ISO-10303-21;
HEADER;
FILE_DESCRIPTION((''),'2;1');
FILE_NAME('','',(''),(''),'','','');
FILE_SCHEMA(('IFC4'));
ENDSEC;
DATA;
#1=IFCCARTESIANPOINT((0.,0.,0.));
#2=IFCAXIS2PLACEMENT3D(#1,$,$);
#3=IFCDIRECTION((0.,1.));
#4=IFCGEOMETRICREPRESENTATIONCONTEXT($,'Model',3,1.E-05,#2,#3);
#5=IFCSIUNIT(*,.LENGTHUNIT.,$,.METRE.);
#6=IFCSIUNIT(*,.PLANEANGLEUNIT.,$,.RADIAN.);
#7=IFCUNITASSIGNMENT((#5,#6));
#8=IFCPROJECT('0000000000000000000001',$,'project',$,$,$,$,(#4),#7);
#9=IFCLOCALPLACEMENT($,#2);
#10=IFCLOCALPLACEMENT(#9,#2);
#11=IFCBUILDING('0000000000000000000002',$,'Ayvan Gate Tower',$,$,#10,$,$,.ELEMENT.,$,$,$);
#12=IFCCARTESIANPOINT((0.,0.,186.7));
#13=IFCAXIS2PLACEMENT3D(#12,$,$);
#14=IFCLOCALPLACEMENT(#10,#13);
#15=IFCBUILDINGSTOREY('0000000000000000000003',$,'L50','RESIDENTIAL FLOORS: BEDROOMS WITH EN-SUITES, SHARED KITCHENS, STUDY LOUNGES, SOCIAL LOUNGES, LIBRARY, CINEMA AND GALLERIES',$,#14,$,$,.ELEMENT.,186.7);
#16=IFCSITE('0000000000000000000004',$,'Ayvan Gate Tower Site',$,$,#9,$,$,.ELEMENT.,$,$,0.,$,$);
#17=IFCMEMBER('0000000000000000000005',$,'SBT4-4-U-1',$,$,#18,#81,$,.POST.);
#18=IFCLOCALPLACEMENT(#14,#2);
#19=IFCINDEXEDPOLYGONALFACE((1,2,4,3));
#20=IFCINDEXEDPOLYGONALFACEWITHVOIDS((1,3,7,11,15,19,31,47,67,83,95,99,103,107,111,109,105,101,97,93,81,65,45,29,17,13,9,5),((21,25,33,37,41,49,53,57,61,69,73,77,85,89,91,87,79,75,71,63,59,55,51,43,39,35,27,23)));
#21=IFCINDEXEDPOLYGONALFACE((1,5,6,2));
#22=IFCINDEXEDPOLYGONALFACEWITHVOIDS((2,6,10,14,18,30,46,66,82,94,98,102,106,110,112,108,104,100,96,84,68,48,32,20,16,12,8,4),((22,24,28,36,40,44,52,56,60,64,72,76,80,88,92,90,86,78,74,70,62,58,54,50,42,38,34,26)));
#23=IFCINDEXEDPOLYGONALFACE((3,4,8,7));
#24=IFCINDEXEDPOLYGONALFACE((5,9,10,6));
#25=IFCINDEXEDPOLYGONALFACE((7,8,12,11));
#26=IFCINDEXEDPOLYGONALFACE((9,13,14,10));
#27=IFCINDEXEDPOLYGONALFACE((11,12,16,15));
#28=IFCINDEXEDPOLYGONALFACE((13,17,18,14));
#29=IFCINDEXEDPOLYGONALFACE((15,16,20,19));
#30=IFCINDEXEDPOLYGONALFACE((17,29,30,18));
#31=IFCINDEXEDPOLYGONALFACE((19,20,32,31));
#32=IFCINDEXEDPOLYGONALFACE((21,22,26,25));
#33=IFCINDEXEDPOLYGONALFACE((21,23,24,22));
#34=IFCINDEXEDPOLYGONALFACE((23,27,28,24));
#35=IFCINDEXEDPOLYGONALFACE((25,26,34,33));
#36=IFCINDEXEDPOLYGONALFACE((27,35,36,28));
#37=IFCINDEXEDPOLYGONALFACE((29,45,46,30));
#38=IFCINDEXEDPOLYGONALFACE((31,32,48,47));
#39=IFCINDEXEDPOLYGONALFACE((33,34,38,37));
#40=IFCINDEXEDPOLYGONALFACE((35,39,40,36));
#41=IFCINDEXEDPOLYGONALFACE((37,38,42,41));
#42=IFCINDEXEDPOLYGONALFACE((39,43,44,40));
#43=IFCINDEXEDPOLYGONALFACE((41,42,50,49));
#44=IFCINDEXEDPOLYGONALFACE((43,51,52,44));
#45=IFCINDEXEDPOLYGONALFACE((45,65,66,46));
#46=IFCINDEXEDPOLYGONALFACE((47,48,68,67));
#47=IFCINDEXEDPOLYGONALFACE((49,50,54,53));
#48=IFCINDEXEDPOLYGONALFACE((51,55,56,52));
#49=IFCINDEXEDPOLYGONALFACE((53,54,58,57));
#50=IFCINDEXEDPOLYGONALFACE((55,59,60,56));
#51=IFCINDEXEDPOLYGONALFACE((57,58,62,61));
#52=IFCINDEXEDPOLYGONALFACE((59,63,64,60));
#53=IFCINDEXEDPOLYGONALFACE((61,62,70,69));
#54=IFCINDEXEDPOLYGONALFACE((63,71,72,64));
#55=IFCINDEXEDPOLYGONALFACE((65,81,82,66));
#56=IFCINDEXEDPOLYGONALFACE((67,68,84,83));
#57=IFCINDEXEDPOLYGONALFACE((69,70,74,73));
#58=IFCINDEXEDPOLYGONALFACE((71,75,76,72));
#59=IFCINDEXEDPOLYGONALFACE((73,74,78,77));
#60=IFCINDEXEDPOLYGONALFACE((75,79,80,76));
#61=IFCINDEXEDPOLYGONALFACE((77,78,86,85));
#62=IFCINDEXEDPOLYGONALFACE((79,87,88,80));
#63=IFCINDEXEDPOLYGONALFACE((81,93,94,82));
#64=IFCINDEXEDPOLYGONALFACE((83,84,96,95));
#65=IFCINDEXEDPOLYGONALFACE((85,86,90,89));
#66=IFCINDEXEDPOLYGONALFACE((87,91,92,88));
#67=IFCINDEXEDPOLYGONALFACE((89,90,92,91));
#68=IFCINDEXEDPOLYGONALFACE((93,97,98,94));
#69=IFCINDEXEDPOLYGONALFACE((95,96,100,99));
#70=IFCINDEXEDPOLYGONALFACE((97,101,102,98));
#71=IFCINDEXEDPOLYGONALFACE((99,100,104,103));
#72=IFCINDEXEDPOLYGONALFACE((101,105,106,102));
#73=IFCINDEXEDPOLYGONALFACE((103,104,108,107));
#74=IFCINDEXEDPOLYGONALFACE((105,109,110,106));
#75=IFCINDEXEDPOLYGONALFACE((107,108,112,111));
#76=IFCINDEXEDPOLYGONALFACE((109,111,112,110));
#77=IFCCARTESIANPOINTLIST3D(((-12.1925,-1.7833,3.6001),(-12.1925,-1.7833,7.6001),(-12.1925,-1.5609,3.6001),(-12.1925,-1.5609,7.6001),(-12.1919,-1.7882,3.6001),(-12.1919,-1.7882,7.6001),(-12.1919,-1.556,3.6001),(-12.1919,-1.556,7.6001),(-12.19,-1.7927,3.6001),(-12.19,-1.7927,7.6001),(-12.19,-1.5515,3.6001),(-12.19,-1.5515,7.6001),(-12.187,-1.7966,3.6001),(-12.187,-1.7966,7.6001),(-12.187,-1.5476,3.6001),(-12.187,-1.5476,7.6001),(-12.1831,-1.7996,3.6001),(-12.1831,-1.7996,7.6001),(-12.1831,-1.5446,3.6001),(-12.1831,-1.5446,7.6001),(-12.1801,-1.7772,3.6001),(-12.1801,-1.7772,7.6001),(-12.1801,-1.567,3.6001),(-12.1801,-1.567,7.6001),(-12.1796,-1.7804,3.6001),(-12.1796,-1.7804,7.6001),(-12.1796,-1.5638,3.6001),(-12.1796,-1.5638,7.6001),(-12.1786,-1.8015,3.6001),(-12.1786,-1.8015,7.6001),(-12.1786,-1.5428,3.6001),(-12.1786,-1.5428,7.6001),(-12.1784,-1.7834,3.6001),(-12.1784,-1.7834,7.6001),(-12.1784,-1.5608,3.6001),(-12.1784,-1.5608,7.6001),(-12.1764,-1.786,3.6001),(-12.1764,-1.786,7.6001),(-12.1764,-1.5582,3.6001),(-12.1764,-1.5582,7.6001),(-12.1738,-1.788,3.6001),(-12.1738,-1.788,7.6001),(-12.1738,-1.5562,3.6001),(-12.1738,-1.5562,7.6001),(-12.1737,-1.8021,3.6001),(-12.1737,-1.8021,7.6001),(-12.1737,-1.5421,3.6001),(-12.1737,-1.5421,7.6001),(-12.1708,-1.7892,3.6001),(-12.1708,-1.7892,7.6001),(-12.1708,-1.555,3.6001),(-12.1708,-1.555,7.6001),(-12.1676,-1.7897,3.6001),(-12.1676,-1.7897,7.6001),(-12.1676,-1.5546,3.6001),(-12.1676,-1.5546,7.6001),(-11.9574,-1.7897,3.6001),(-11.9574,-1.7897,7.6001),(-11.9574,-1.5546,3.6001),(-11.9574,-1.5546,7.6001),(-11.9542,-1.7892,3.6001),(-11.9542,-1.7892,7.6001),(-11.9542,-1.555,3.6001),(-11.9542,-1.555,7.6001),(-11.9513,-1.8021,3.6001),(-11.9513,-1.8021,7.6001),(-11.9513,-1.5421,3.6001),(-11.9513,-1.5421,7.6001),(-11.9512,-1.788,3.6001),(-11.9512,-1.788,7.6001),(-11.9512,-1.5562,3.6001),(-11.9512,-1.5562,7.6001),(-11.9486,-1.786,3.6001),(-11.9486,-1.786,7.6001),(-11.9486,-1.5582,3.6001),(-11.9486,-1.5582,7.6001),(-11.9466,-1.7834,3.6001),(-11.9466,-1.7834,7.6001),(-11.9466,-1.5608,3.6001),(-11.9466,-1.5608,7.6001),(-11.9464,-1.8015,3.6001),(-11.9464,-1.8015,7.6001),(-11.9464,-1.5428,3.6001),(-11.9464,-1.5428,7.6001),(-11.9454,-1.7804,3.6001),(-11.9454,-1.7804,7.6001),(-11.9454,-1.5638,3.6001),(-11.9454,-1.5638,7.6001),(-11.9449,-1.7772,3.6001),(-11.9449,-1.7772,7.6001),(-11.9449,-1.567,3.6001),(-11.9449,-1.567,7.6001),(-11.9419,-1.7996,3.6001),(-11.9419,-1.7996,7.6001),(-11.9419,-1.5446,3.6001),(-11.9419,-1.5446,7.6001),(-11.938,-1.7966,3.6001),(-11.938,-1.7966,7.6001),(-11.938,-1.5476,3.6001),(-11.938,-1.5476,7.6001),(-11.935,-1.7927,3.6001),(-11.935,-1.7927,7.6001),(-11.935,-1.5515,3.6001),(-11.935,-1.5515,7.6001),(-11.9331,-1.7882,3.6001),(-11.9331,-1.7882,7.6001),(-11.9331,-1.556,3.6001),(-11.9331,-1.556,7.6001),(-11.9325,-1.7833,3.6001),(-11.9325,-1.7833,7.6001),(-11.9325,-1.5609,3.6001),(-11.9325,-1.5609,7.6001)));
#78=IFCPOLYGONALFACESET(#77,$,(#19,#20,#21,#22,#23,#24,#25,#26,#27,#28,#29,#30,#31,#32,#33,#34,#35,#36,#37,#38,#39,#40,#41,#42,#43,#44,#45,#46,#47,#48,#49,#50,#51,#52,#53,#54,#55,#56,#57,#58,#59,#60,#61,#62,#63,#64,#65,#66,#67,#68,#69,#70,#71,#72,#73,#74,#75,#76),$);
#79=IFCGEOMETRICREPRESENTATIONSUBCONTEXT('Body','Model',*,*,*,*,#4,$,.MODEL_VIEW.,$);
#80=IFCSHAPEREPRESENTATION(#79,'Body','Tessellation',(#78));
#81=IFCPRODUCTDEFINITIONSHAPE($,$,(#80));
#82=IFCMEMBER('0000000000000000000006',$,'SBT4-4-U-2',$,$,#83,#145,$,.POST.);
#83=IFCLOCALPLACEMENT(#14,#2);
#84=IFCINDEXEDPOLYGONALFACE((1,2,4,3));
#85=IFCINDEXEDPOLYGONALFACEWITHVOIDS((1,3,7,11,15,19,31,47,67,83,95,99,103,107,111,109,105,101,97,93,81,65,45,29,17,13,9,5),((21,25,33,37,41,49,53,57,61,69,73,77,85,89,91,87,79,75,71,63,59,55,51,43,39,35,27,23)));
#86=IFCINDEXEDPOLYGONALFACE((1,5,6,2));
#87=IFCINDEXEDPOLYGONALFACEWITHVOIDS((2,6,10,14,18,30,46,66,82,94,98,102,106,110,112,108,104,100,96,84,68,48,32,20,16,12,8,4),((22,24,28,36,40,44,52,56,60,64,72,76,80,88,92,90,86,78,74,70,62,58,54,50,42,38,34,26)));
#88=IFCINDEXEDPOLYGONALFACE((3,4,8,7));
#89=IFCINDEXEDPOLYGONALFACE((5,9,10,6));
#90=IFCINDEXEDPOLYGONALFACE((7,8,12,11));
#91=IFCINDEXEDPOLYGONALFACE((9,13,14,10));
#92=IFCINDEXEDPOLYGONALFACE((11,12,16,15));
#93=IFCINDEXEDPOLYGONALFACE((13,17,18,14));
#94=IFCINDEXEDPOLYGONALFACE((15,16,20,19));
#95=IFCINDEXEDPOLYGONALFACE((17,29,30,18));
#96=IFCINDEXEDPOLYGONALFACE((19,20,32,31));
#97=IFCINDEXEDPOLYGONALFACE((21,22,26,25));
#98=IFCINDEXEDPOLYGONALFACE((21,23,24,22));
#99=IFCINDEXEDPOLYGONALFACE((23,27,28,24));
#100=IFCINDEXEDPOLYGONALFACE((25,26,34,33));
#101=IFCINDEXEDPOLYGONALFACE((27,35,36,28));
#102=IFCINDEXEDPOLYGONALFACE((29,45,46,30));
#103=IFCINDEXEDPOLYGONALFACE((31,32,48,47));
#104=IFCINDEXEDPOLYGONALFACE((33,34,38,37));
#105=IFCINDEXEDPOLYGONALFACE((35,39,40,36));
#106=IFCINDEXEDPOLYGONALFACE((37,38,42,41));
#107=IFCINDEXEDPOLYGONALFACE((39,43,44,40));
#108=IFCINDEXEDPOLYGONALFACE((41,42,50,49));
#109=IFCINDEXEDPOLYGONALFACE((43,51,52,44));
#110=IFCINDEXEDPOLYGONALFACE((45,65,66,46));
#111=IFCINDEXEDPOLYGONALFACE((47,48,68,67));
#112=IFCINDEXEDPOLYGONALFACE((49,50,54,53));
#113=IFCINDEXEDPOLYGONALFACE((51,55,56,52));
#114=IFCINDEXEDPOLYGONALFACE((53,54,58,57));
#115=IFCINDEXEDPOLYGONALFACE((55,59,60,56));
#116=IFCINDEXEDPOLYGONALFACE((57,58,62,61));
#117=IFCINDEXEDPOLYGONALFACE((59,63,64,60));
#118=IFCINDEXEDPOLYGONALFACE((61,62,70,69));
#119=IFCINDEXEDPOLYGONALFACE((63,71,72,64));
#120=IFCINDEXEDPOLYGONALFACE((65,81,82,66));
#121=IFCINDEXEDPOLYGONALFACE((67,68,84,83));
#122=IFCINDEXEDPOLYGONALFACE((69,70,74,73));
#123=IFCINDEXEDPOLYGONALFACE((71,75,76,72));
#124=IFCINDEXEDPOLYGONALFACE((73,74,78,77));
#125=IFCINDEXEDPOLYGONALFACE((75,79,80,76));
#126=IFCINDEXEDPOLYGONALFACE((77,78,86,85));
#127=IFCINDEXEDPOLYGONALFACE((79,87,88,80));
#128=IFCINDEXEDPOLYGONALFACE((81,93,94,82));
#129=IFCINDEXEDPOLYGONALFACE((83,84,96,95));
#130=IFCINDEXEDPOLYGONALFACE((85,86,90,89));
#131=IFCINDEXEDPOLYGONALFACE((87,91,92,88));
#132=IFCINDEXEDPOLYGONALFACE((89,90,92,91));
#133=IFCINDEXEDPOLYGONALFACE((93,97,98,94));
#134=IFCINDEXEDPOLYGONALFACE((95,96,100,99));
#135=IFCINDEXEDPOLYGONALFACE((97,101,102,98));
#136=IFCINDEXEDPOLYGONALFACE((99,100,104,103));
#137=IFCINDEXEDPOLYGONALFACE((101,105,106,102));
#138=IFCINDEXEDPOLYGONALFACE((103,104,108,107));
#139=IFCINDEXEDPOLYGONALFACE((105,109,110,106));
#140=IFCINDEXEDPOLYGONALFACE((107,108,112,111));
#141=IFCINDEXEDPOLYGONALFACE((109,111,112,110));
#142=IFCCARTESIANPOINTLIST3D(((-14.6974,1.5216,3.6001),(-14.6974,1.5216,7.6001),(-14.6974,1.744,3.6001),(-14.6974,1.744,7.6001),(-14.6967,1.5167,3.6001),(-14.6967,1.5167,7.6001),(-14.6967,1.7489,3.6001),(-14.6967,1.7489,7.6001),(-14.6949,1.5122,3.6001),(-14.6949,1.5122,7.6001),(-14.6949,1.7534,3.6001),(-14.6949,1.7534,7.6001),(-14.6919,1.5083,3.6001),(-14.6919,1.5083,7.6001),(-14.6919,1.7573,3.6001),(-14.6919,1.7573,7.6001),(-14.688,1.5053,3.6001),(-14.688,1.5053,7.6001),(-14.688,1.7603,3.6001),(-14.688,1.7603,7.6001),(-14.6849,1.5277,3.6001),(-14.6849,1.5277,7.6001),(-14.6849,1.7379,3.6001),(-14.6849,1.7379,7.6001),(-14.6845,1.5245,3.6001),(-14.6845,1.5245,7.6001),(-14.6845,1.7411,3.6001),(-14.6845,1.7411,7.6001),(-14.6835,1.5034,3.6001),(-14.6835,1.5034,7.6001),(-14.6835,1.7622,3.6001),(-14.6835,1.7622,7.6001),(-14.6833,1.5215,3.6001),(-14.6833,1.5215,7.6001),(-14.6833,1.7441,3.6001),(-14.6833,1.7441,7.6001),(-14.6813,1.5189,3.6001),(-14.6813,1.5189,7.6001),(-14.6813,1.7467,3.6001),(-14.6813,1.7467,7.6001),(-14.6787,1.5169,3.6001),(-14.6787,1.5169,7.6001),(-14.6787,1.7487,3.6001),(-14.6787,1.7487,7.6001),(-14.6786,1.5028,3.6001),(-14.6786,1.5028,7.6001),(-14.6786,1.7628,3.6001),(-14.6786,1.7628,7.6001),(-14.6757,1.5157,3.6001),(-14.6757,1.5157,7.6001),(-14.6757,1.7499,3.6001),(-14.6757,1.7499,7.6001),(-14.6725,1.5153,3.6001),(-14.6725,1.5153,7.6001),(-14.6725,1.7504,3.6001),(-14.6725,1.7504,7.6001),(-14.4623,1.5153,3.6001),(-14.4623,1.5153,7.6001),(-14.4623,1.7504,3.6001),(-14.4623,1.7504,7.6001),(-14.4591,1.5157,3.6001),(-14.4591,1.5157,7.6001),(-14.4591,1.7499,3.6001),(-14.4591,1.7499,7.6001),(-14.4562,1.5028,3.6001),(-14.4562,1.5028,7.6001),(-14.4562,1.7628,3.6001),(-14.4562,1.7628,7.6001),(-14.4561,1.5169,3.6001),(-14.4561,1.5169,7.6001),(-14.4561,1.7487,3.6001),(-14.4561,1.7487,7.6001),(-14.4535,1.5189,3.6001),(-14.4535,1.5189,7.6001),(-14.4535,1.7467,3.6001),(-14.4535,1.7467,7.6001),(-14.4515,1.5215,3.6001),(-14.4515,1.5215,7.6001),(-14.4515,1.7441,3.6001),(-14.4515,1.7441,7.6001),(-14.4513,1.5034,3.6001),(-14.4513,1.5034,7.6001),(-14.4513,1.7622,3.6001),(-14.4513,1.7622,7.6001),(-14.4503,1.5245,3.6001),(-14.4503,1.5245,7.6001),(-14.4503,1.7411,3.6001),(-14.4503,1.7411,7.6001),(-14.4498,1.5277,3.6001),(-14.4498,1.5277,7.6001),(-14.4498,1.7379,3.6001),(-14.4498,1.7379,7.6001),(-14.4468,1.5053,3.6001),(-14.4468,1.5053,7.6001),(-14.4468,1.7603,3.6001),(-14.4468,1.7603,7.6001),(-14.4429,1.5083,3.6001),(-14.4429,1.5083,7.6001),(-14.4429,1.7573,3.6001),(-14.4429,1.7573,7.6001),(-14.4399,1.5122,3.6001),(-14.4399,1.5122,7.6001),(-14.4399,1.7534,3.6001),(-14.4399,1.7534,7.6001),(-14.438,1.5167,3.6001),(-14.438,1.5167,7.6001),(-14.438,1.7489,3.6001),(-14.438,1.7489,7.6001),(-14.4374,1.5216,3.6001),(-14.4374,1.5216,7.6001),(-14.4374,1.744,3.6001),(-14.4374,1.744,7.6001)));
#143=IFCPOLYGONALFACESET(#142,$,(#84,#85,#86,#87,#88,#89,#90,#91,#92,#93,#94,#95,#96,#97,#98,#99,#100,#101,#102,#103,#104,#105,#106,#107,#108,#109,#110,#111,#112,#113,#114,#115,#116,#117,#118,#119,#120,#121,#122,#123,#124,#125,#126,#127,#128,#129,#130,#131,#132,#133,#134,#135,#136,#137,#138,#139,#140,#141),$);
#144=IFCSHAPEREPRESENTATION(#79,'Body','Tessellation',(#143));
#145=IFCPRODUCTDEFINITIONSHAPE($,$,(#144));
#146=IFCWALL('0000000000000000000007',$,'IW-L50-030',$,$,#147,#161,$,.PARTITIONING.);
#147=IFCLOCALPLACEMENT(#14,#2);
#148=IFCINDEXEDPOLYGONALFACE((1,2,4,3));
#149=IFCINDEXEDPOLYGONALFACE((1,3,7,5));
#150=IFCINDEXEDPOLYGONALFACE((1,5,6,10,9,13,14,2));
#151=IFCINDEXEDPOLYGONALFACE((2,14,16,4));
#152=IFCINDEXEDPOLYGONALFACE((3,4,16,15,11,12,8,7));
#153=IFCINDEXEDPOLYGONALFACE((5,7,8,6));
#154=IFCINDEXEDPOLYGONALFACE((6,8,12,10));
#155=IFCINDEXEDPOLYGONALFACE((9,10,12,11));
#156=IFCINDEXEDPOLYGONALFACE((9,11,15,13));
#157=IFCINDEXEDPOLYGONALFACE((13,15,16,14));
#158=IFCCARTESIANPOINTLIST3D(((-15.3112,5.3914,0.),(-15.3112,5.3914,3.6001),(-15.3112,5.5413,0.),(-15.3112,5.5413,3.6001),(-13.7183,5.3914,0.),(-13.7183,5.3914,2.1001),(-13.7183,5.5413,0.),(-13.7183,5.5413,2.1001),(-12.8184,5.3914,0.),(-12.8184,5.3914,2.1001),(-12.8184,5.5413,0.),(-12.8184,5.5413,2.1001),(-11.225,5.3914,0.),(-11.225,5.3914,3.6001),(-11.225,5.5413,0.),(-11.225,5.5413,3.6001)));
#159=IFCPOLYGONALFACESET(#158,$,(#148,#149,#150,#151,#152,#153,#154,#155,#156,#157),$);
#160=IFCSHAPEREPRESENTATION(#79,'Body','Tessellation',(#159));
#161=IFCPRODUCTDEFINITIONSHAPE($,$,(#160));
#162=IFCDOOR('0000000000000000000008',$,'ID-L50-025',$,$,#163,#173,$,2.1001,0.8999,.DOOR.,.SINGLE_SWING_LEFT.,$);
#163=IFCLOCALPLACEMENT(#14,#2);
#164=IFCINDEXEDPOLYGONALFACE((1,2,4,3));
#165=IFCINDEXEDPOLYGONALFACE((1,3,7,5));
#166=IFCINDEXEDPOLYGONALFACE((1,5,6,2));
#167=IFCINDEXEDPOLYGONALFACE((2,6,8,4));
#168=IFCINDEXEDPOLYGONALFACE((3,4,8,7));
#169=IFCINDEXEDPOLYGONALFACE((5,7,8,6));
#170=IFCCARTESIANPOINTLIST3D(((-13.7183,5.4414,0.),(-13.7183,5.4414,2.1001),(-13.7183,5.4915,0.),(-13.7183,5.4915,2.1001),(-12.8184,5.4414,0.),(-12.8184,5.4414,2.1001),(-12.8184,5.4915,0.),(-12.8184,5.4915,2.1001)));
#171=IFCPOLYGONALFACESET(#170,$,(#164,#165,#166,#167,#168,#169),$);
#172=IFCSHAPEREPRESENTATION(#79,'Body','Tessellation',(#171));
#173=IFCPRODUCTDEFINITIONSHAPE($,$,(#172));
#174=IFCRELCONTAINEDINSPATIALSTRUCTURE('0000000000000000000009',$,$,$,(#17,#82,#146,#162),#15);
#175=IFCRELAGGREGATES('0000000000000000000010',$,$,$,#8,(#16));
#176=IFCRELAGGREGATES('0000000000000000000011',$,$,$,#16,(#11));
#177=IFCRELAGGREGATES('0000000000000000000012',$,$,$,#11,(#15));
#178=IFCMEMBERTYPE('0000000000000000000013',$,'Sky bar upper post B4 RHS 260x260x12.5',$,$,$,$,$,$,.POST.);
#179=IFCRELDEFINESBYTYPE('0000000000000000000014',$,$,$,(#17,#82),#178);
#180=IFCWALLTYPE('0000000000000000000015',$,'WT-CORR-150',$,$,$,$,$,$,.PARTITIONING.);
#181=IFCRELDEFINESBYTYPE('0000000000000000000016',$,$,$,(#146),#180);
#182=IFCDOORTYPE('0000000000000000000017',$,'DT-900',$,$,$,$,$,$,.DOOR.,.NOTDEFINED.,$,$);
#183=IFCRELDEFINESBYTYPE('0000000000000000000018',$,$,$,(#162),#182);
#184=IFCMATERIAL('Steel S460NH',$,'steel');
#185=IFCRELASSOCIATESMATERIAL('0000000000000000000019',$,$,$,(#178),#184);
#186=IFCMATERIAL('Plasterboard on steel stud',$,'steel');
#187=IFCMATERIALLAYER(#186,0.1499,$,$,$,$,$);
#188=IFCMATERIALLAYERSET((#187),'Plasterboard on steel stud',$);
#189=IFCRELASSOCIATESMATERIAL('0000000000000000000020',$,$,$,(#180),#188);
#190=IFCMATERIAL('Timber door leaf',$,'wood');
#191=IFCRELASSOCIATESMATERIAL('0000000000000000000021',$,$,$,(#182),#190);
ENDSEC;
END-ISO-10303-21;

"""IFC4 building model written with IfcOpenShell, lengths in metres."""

from ifc_helpers import new_model, si_unit, direction, frame, frame_2d, origin, origin_2d, place, context, subcontext, project, spatial, rectangle, hollow_rectangle, extrude, material, layer, layer_set, material_profile, profile_set, type_object, element, fill, save


model = new_model("IFC4")

# Units and contexts
model_context = context("Model", 3, precision=1e-05, world=origin(), true_north=direction((0.0, 1.0)))
body_context = subcontext(model_context, "Body", "Model", "MODEL_VIEW")
ifc_project = project(units=[si_unit("LENGTHUNIT", "METRE"), si_unit("PLANEANGLEUNIT", "RADIAN")], contexts=[model_context])

# Site, building, storey
site_placement = place(None, origin())
site = spatial("IfcSite", under=ifc_project, at=site_placement, Name="Ayvan Gate Tower Site", CompositionType="ELEMENT", RefElevation=0.0)
building_placement = place(site_placement, origin())
building = spatial("IfcBuilding", under=site, at=building_placement, Name="Ayvan Gate Tower", CompositionType="ELEMENT")
storey_placement = place(building_placement, frame((0.0, 0.0, 186.7)))
storey = spatial("IfcBuildingStorey", under=building, at=storey_placement, Name="L50", Description="RESIDENTIAL FLOORS: BEDROOMS WITH EN-SUITES, SHARED KITCHENS, STUDY LOUNGES, SOCIAL LOUNGES, LIBRARY, CINEMA AND GALLERIES", CompositionType="ELEMENT", Elevation=186.7)

# Members
ifc_material_1 = material(Name="Steel S460NH", Category="steel")
ifc_material_profile_1 = material_profile(ifc_material_1, hollow_rectangle(XDim=0.26, YDim=0.26, WallThickness=0.0125, InnerFilletRadius=0.0125, OuterFilletRadius=0.0188, at=origin_2d()), Name="RHS 260x260x12.5")
ifc_profile_set_1 = profile_set([ifc_material_profile_1], Name="Steel S460NH")
member_type_1 = type_object("IfcMemberType", Name="Sky bar upper post B4 RHS 260x260x12.5", PredefinedType="POST", material=ifc_profile_set_1)
for number, where, z_axis, x_axis, name in (
    (1, (-12.0625, -1.6721, 3.6001), (0.0, 0.0, 1.0), (1.0, 0.0, 0.0), "SBT4-4-U-1"),
    (2, (-14.5674, 1.6328, 3.6001), (0.0, 0.0, 1.0), (1.0, 0.0, 0.0), "SBT4-4-U-2"),
):
    element("IfcMember", number, at=place(storey_placement, frame(where, z_axis=z_axis, x_axis=x_axis)), inside=storey, type_object=member_type_1, Name=name, PredefinedType="POST", context=body_context, shape_type="SweptSolid", body=[
        extrude(hollow_rectangle(XDim=0.26, YDim=0.26, WallThickness=0.0125, InnerFilletRadius=0.0125, OuterFilletRadius=0.0188, at=origin_2d()), origin(), (0.0, 0.0, 1.0), 4.0),
    ])

# Wall, opening, door
ifc_material_2 = material(Name="Plasterboard on steel stud", Category="steel")
ifc_layer_1 = layer(ifc_material_2, 0.1499)
ifc_layer_set_1 = layer_set([ifc_layer_1], Name="Plasterboard on steel stud")
wall_type_1 = type_object("IfcWallType", Name="WT-CORR-150", PredefinedType="PARTITIONING", material=ifc_layer_set_1)
wall_1_placement = place(storey_placement, frame((-11.2251, 5.4663, 0.0), z_axis=(0.0, 0.0, 1.0), x_axis=(-1.0, 0.0, 0.0)))
wall_1 = element("IfcWall", 3, at=wall_1_placement, inside=storey, type_object=wall_type_1, Name="IW-L50-030", PredefinedType="PARTITIONING", context=body_context, shape_type="SweptSolid", body=[
    extrude(rectangle(XDim=4.0862, YDim=0.1499, at=frame_2d((2.043, 0.0))), origin(), (0.0, 0.0, 1.0), 3.6001),
])
opening_1_placement = place(wall_1_placement, frame((1.5933, 0.0, 0.0)))
opening_1 = element("IfcOpeningElement", 4, at=opening_1_placement, cuts=wall_1, PredefinedType="OPENING", context=body_context, shape_type="SweptSolid", body=[
    extrude(rectangle(XDim=0.8999, YDim=2.1001, at=frame_2d((0.45, 1.05))), frame((0.0, 0.085, 0.0), z_axis=(0.0, -1.0, 0.0), x_axis=(1.0, 0.0, 0.0)), (0.0, 0.0, 1.0), 0.1699),
])
ifc_material_3 = material(Name="Timber door leaf", Category="wood")
door_type_1 = type_object("IfcDoorType", Name="DT-900", OperationType="NOTDEFINED", PredefinedType="DOOR", material=ifc_material_3)
door_1_placement = place(opening_1_placement, origin())
door_1 = element("IfcDoor", 5, at=door_1_placement, inside=storey, type_object=door_type_1, Name="ID-L50-025", OperationType="SINGLE_SWING_LEFT", OverallHeight=2.1001, OverallWidth=0.8999, PredefinedType="DOOR", context=body_context, shape_type="SweptSolid", body=[
    extrude(rectangle(XDim=0.8999, YDim=2.1001, at=frame_2d((0.45, 1.05))), frame((0.0, 0.0249, 0.0), z_axis=(0.0, -1.0, 0.0), x_axis=(1.0, 0.0, 0.0)), (0.0, 0.0, 1.0), 0.05),
])
fill(opening_1, door_1)

save(model, "model.ifc")
